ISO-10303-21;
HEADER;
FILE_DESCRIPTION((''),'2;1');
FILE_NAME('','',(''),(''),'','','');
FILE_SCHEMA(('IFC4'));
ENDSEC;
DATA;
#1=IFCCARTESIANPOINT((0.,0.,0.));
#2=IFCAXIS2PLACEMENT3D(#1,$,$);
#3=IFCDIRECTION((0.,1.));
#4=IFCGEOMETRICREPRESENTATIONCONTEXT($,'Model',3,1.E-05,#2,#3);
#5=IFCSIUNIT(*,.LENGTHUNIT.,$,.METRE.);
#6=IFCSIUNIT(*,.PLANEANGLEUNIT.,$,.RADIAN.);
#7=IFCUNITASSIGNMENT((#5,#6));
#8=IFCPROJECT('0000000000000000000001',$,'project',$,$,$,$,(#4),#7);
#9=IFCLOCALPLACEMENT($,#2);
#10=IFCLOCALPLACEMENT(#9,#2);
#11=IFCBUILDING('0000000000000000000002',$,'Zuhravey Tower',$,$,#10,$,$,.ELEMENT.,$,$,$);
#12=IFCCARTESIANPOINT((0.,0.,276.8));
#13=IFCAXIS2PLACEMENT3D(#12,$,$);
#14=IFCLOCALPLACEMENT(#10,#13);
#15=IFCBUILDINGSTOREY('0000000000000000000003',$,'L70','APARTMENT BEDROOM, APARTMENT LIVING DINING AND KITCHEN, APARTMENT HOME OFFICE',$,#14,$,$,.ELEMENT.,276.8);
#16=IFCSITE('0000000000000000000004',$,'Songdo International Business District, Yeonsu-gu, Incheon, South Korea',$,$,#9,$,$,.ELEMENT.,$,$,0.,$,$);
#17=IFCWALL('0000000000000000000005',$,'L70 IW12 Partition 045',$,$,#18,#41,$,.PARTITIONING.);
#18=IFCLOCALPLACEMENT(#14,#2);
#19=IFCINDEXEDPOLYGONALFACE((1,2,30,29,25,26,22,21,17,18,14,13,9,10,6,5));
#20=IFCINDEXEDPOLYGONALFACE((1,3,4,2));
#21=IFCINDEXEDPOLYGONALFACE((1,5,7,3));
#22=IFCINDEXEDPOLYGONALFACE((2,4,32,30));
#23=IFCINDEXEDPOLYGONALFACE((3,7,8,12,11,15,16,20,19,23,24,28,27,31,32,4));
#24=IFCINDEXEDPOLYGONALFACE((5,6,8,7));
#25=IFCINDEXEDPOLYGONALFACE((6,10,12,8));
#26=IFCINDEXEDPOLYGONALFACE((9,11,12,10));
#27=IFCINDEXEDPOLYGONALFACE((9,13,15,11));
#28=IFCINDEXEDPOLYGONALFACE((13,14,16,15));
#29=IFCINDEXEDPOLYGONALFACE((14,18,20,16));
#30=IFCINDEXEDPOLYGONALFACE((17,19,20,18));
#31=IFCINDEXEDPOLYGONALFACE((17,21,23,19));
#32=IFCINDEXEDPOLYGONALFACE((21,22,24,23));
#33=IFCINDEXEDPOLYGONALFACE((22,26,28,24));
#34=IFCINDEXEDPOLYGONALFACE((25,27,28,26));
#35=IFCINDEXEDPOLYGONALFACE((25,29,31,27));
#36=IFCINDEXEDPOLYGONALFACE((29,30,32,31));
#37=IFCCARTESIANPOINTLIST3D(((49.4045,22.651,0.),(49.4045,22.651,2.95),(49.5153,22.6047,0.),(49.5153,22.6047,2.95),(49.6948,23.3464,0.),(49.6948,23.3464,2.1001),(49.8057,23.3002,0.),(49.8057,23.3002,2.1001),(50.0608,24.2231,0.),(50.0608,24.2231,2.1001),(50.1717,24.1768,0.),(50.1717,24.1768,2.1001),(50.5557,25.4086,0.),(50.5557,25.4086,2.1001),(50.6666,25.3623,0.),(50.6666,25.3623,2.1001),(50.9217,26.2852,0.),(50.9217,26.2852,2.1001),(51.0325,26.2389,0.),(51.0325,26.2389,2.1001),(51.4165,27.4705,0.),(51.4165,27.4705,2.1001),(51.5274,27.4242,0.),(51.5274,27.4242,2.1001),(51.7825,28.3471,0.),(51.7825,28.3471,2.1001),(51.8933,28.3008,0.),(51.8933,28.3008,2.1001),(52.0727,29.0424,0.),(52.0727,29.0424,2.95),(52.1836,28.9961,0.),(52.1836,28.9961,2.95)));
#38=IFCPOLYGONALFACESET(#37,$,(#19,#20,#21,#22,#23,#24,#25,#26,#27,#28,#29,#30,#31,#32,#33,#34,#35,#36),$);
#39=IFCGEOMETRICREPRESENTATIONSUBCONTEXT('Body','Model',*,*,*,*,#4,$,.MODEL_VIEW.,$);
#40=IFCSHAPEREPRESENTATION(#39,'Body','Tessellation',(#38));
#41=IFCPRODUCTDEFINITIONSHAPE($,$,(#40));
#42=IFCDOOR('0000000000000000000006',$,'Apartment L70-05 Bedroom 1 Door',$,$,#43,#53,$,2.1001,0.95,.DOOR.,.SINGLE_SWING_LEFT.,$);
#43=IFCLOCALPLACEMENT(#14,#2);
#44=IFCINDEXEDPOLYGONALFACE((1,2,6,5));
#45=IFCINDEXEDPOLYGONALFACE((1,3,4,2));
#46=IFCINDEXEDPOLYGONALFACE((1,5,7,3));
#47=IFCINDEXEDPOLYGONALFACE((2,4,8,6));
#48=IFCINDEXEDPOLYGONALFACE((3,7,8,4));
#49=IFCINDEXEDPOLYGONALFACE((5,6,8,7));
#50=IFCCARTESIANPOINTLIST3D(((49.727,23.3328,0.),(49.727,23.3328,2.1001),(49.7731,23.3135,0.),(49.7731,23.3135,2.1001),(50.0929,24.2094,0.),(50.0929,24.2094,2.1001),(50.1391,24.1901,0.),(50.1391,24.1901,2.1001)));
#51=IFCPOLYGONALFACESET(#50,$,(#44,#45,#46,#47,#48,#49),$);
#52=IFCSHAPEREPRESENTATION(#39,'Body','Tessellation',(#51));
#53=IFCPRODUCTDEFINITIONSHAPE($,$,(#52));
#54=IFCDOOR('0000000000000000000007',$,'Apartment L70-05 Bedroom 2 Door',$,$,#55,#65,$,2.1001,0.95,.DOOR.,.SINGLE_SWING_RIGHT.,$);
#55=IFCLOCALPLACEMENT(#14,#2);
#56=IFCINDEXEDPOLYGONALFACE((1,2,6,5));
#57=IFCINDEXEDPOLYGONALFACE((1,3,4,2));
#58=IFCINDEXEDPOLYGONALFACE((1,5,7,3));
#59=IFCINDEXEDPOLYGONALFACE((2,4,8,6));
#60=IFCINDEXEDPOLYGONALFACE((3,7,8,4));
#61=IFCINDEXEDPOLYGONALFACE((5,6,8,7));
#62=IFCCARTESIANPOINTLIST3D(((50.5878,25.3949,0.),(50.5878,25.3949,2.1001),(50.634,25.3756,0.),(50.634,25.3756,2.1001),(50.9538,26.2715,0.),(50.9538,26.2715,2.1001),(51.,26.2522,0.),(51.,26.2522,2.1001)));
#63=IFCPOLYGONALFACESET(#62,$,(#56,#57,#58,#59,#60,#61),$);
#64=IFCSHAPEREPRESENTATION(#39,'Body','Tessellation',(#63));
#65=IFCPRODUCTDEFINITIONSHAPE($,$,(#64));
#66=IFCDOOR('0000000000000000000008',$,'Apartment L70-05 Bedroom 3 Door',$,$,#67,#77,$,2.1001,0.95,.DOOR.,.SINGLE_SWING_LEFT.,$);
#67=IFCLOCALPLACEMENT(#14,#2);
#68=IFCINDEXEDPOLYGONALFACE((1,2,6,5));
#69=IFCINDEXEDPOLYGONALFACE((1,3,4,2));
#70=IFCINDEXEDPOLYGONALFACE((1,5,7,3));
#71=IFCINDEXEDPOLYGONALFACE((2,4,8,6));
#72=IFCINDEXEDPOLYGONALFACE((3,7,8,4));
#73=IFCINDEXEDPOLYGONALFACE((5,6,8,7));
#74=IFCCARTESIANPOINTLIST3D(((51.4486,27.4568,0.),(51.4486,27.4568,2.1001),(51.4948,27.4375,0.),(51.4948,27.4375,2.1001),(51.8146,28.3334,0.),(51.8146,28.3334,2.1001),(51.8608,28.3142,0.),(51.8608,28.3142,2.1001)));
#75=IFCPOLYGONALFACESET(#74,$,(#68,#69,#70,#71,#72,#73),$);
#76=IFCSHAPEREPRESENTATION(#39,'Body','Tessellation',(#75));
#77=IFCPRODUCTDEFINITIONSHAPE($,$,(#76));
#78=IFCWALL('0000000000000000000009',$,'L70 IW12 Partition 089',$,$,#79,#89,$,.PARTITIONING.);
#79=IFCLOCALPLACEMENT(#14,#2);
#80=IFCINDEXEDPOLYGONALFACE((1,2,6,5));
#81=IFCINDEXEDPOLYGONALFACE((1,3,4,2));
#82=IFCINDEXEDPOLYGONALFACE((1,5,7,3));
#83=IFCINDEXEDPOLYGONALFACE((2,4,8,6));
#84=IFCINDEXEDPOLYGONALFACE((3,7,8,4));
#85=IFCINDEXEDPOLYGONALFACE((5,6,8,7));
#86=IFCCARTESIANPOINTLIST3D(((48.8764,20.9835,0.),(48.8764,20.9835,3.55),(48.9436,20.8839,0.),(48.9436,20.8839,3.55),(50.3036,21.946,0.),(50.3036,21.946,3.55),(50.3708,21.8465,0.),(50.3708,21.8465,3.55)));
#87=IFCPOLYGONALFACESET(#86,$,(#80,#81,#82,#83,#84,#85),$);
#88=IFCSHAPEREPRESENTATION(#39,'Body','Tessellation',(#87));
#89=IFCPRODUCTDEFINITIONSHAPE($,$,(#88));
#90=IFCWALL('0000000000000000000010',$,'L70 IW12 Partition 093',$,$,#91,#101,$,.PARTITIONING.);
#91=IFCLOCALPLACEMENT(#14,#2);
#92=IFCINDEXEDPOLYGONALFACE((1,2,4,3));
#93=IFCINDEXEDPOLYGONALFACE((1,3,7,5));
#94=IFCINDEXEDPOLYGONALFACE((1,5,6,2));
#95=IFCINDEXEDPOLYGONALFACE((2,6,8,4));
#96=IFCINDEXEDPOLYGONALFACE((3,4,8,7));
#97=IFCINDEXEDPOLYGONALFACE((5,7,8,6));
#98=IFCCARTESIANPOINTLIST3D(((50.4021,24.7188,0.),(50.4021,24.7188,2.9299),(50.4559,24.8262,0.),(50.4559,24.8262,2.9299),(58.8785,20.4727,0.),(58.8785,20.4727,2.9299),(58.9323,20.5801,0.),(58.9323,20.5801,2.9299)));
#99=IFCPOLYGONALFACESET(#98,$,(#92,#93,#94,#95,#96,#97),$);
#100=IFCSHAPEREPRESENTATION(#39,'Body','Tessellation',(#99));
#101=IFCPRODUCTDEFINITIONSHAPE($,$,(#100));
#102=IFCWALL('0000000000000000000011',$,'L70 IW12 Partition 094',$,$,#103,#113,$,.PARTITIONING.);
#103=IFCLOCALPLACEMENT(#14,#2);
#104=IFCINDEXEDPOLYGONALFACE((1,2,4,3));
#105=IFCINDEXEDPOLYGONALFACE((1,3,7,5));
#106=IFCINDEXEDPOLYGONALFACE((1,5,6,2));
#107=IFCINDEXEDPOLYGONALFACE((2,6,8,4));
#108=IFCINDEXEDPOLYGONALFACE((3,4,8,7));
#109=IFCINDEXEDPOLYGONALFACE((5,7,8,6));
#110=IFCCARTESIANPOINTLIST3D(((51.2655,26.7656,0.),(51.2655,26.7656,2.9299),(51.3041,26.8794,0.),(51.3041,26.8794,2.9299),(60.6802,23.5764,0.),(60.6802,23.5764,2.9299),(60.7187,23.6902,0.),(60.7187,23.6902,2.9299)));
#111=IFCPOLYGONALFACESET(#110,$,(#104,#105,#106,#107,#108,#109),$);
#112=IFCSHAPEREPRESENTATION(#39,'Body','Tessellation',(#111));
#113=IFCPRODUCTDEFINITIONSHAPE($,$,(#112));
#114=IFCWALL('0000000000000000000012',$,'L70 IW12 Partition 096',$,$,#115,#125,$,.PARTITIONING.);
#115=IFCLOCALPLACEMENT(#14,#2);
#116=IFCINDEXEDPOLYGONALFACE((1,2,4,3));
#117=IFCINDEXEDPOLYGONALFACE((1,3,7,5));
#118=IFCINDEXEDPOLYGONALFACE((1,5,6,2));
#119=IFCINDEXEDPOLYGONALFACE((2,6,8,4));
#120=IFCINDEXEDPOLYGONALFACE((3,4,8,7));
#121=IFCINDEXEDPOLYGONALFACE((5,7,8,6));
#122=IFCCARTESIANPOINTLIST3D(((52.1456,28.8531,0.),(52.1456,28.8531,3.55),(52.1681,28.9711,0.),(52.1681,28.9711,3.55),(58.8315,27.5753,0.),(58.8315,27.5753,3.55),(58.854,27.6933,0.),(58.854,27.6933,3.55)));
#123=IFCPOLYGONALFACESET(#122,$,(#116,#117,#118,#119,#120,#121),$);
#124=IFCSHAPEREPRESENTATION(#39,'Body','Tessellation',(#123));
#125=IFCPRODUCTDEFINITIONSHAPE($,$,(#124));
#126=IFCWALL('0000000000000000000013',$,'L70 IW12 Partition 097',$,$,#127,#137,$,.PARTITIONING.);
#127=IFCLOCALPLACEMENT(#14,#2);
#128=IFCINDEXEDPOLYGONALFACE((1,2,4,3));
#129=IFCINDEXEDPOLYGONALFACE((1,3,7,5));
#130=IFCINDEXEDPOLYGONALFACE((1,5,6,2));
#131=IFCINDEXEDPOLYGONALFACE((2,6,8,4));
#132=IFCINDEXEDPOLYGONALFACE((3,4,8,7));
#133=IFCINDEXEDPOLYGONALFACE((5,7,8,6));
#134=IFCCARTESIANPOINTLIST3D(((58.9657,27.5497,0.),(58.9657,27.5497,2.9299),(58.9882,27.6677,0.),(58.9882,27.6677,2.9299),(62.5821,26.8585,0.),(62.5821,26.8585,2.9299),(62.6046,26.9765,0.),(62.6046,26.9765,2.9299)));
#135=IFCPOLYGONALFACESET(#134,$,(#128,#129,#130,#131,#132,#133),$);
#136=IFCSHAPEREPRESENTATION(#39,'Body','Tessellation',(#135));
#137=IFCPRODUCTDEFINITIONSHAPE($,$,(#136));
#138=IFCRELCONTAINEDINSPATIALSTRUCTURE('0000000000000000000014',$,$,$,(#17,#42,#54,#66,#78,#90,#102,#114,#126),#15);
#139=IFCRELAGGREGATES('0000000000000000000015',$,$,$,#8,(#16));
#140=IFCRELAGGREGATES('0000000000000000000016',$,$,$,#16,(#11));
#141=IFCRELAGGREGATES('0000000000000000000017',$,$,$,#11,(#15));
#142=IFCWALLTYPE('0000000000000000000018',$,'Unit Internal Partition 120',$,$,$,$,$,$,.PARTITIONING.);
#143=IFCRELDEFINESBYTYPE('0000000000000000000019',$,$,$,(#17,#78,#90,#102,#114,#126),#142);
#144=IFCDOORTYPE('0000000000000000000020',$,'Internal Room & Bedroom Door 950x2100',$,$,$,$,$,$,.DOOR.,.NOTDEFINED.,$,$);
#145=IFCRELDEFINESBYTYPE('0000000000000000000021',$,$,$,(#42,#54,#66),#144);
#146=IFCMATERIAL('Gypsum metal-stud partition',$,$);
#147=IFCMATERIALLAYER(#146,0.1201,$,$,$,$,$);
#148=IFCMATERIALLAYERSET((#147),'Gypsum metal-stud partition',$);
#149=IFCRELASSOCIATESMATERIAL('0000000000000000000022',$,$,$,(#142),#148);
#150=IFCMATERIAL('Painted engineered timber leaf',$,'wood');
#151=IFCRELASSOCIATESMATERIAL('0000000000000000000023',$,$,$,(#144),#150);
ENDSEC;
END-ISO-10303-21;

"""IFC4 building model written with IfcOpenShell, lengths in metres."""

from ifc_helpers import new_model, si_unit, direction, frame, frame_2d, origin, place, context, subcontext, project, spatial, rectangle, extrude, material, layer, layer_set, type_object, element, fill, save


model = new_model("IFC4")

# Units and contexts
model_context = context("Model", 3, precision=1e-05, world=origin(), true_north=direction((0.0, 1.0)))
body_context = subcontext(model_context, "Body", "Model", "MODEL_VIEW")
ifc_project = project(units=[si_unit("LENGTHUNIT", "METRE"), si_unit("PLANEANGLEUNIT", "RADIAN")], contexts=[model_context])

# Site, building, storey
site_placement = place(None, origin())
site = spatial("IfcSite", under=ifc_project, at=site_placement, Name="Songdo International Business District, Yeonsu-gu, Incheon, South Korea", CompositionType="ELEMENT", RefElevation=0.0)
building_placement = place(site_placement, origin())
building = spatial("IfcBuilding", under=site, at=building_placement, Name="Zuhravey Tower", CompositionType="ELEMENT")
storey_placement = place(building_placement, frame((0.0, 0.0, 276.8)))
storey = spatial("IfcBuildingStorey", under=building, at=storey_placement, Name="L70", Description="APARTMENT BEDROOM, APARTMENT LIVING DINING AND KITCHEN, APARTMENT HOME OFFICE", CompositionType="ELEMENT", Elevation=276.8)

# Shared definitions
ifc_material_1 = material(Name="Gypsum metal-stud partition")
ifc_layer_1 = layer(ifc_material_1, 0.1201)
ifc_layer_set_1 = layer_set([ifc_layer_1], Name="Gypsum metal-stud partition")
wall_type_1 = type_object("IfcWallType", Name="Unit Internal Partition 120", PredefinedType="PARTITIONING", material=ifc_layer_set_1)
ifc_material_2 = material(Name="Painted engineered timber leaf", Category="wood")
door_type_1 = type_object("IfcDoorType", Name="Internal Room & Bedroom Door 950x2100", OperationType="NOTDEFINED", PredefinedType="DOOR", material=ifc_material_2)

# Wall, openings, doors
wall_1_placement = place(storey_placement, frame((49.46, 22.6279, 0.0), z_axis=(0.0, 0.0, 1.0), x_axis=(0.385249, 0.922813, 0.0)))
wall_1 = element("IfcWall", 1, at=wall_1_placement, inside=storey, type_object=wall_type_1, Name="L70 IW12 Partition 045", PredefinedType="PARTITIONING", context=body_context, shape_type="SweptSolid", body=[
    extrude(rectangle(XDim=6.926, YDim=0.1201, at=frame_2d((3.4629, 0.0))), origin(), (0.0, 0.0, 1.0), 2.95),
])
opening_1_placement = place(wall_1_placement, frame((0.7534, 0.0, 0.0)))
opening_1 = element("IfcOpeningElement", 2, at=opening_1_placement, cuts=wall_1, PredefinedType="OPENING", context=body_context, shape_type="SweptSolid", body=[
    extrude(rectangle(XDim=0.95, YDim=2.1001, at=frame_2d((0.4751, 1.05))), frame((0.0, 0.072, 0.0), z_axis=(0.0, -1.0, 0.0), x_axis=(1.0, 0.0, 0.0)), (0.0, 0.0, 1.0), 0.144),
])
opening_2_placement = place(wall_1_placement, frame((2.988, 0.0, 0.0)))
opening_2 = element("IfcOpeningElement", 3, at=opening_2_placement, cuts=wall_1, PredefinedType="OPENING", context=body_context, shape_type="SweptSolid", body=[
    extrude(rectangle(XDim=0.95, YDim=2.1001, at=frame_2d((0.4751, 1.05))), frame((0.0, 0.072, 0.0), z_axis=(0.0, -1.0, 0.0), x_axis=(1.0, 0.0, 0.0)), (0.0, 0.0, 1.0), 0.144),
])
opening_3_placement = place(wall_1_placement, frame((5.2224, 0.0, 0.0)))
opening_3 = element("IfcOpeningElement", 4, at=opening_3_placement, cuts=wall_1, PredefinedType="OPENING", context=body_context, shape_type="SweptSolid", body=[
    extrude(rectangle(XDim=0.95, YDim=2.1001, at=frame_2d((0.4751, 1.05))), frame((0.0, 0.072, 0.0), z_axis=(0.0, -1.0, 0.0), x_axis=(1.0, 0.0, 0.0)), (0.0, 0.0, 1.0), 0.144),
])
door_1_placement = place(opening_1_placement, frame((0.95, 0.0, 0.0), z_axis=(0.0, 0.0, 1.0), x_axis=(-1.0, 0.0, 0.0)))
door_1 = element("IfcDoor", 5, at=door_1_placement, inside=storey, type_object=door_type_1, Name="Apartment L70-05 Bedroom 1 Door", OperationType="SINGLE_SWING_LEFT", OverallHeight=2.1001, OverallWidth=0.95, PredefinedType="DOOR", context=body_context, shape_type="SweptSolid", body=[
    extrude(rectangle(XDim=0.95, YDim=2.1001, at=frame_2d((0.4751, 1.05))), frame((0.0, 0.0249, 0.0), z_axis=(0.0, -1.0, 0.0), x_axis=(1.0, 0.0, 0.0)), (0.0, 0.0, 1.0), 0.05),
])
fill(opening_1, door_1)
door_2_placement = place(opening_2_placement, frame((0.95, 0.0, 0.0), z_axis=(0.0, 0.0, 1.0), x_axis=(-1.0, 0.0, 0.0)))
door_2 = element("IfcDoor", 6, at=door_2_placement, inside=storey, type_object=door_type_1, Name="Apartment L70-05 Bedroom 2 Door", OperationType="SINGLE_SWING_RIGHT", OverallHeight=2.1001, OverallWidth=0.95, PredefinedType="DOOR", context=body_context, shape_type="SweptSolid", body=[
    extrude(rectangle(XDim=0.95, YDim=2.1001, at=frame_2d((0.4751, 1.05))), frame((0.0, 0.0249, 0.0), z_axis=(0.0, -1.0, 0.0), x_axis=(1.0, 0.0, 0.0)), (0.0, 0.0, 1.0), 0.05),
])
fill(opening_2, door_2)
door_3_placement = place(opening_3_placement, frame((0.95, 0.0, 0.0), z_axis=(0.0, 0.0, 1.0), x_axis=(-1.0, 0.0, 0.0)))
door_3 = element("IfcDoor", 7, at=door_3_placement, inside=storey, type_object=door_type_1, Name="Apartment L70-05 Bedroom 3 Door", OperationType="SINGLE_SWING_LEFT", OverallHeight=2.1001, OverallWidth=0.95, PredefinedType="DOOR", context=body_context, shape_type="SweptSolid", body=[
    extrude(rectangle(XDim=0.95, YDim=2.1001, at=frame_2d((0.4751, 1.05))), frame((0.0, 0.0249, 0.0), z_axis=(0.0, -1.0, 0.0), x_axis=(1.0, 0.0, 0.0)), (0.0, 0.0, 1.0), 0.05),
])
fill(opening_3, door_3)

# Walls
wall_2_placement = place(storey_placement, frame((48.9099, 20.9336, 0.0), z_axis=(0.0, 0.0, 1.0), x_axis=(0.829049, 0.559176, 0.0)))
element("IfcWall", 8, at=wall_2_placement, inside=storey, type_object=wall_type_1, Name="L70 IW12 Partition 089", PredefinedType="PARTITIONING", context=body_context, shape_type="SweptSolid", body=[
    extrude(rectangle(XDim=1.7214, YDim=0.1201, at=frame_2d((0.8608, 0.0))), origin(), (0.0, 0.0, 1.0), 3.55),
])
wall_3_placement = place(storey_placement, frame((50.429, 24.7725, 0.0), z_axis=(0.0, 0.0, 1.0), x_axis=(0.894097, -0.447873, 0.0)))
element("IfcWall", 9, at=wall_3_placement, inside=storey, type_object=wall_type_1, Name="L70 IW12 Partition 093", PredefinedType="PARTITIONING", context=body_context, shape_type="SweptSolid", body=[
    extrude(rectangle(XDim=9.4805, YDim=0.1201, at=frame_2d((4.7402, 0.0))), origin(), (0.0, 0.0, 1.0), 2.9299),
])
wall_4_placement = place(storey_placement, frame((51.2847, 26.8225, 0.0), z_axis=(0.0, 0.0, 1.0), x_axis=(0.947135, -0.320837, 0.0)))
element("IfcWall", 10, at=wall_4_placement, inside=storey, type_object=wall_type_1, Name="L70 IW12 Partition 094", PredefinedType="PARTITIONING", context=body_context, shape_type="SweptSolid", body=[
    extrude(rectangle(XDim=9.9402, YDim=0.1201, at=frame_2d((4.9702, 0.0))), origin(), (0.0, 0.0, 1.0), 2.9299),
])
wall_5_placement = place(storey_placement, frame((52.157, 28.9121, 0.0), z_axis=(0.0, 0.0, 1.0), x_axis=(0.982221, -0.187728, 0.0)))
element("IfcWall", 11, at=wall_5_placement, inside=storey, type_object=wall_type_1, Name="L70 IW12 Partition 096", PredefinedType="PARTITIONING", context=body_context, shape_type="SweptSolid", body=[
    extrude(rectangle(XDim=6.8069, YDim=0.1201, at=frame_2d((3.4033, 0.0))), origin(), (0.0, 0.0, 1.0), 3.55),
])
wall_6_placement = place(storey_placement, frame((58.9771, 27.6086, 0.0), z_axis=(0.0, 0.0, 1.0), x_axis=(0.982223, -0.187718, 0.0)))
element("IfcWall", 12, at=wall_6_placement, inside=storey, type_object=wall_type_1, Name="L70 IW12 Partition 097", PredefinedType="PARTITIONING", context=body_context, shape_type="SweptSolid", body=[
    extrude(rectangle(XDim=3.6819, YDim=0.1201, at=frame_2d((1.8408, 0.0))), origin(), (0.0, 0.0, 1.0), 2.9299),
])

save(model, "model.ifc")
